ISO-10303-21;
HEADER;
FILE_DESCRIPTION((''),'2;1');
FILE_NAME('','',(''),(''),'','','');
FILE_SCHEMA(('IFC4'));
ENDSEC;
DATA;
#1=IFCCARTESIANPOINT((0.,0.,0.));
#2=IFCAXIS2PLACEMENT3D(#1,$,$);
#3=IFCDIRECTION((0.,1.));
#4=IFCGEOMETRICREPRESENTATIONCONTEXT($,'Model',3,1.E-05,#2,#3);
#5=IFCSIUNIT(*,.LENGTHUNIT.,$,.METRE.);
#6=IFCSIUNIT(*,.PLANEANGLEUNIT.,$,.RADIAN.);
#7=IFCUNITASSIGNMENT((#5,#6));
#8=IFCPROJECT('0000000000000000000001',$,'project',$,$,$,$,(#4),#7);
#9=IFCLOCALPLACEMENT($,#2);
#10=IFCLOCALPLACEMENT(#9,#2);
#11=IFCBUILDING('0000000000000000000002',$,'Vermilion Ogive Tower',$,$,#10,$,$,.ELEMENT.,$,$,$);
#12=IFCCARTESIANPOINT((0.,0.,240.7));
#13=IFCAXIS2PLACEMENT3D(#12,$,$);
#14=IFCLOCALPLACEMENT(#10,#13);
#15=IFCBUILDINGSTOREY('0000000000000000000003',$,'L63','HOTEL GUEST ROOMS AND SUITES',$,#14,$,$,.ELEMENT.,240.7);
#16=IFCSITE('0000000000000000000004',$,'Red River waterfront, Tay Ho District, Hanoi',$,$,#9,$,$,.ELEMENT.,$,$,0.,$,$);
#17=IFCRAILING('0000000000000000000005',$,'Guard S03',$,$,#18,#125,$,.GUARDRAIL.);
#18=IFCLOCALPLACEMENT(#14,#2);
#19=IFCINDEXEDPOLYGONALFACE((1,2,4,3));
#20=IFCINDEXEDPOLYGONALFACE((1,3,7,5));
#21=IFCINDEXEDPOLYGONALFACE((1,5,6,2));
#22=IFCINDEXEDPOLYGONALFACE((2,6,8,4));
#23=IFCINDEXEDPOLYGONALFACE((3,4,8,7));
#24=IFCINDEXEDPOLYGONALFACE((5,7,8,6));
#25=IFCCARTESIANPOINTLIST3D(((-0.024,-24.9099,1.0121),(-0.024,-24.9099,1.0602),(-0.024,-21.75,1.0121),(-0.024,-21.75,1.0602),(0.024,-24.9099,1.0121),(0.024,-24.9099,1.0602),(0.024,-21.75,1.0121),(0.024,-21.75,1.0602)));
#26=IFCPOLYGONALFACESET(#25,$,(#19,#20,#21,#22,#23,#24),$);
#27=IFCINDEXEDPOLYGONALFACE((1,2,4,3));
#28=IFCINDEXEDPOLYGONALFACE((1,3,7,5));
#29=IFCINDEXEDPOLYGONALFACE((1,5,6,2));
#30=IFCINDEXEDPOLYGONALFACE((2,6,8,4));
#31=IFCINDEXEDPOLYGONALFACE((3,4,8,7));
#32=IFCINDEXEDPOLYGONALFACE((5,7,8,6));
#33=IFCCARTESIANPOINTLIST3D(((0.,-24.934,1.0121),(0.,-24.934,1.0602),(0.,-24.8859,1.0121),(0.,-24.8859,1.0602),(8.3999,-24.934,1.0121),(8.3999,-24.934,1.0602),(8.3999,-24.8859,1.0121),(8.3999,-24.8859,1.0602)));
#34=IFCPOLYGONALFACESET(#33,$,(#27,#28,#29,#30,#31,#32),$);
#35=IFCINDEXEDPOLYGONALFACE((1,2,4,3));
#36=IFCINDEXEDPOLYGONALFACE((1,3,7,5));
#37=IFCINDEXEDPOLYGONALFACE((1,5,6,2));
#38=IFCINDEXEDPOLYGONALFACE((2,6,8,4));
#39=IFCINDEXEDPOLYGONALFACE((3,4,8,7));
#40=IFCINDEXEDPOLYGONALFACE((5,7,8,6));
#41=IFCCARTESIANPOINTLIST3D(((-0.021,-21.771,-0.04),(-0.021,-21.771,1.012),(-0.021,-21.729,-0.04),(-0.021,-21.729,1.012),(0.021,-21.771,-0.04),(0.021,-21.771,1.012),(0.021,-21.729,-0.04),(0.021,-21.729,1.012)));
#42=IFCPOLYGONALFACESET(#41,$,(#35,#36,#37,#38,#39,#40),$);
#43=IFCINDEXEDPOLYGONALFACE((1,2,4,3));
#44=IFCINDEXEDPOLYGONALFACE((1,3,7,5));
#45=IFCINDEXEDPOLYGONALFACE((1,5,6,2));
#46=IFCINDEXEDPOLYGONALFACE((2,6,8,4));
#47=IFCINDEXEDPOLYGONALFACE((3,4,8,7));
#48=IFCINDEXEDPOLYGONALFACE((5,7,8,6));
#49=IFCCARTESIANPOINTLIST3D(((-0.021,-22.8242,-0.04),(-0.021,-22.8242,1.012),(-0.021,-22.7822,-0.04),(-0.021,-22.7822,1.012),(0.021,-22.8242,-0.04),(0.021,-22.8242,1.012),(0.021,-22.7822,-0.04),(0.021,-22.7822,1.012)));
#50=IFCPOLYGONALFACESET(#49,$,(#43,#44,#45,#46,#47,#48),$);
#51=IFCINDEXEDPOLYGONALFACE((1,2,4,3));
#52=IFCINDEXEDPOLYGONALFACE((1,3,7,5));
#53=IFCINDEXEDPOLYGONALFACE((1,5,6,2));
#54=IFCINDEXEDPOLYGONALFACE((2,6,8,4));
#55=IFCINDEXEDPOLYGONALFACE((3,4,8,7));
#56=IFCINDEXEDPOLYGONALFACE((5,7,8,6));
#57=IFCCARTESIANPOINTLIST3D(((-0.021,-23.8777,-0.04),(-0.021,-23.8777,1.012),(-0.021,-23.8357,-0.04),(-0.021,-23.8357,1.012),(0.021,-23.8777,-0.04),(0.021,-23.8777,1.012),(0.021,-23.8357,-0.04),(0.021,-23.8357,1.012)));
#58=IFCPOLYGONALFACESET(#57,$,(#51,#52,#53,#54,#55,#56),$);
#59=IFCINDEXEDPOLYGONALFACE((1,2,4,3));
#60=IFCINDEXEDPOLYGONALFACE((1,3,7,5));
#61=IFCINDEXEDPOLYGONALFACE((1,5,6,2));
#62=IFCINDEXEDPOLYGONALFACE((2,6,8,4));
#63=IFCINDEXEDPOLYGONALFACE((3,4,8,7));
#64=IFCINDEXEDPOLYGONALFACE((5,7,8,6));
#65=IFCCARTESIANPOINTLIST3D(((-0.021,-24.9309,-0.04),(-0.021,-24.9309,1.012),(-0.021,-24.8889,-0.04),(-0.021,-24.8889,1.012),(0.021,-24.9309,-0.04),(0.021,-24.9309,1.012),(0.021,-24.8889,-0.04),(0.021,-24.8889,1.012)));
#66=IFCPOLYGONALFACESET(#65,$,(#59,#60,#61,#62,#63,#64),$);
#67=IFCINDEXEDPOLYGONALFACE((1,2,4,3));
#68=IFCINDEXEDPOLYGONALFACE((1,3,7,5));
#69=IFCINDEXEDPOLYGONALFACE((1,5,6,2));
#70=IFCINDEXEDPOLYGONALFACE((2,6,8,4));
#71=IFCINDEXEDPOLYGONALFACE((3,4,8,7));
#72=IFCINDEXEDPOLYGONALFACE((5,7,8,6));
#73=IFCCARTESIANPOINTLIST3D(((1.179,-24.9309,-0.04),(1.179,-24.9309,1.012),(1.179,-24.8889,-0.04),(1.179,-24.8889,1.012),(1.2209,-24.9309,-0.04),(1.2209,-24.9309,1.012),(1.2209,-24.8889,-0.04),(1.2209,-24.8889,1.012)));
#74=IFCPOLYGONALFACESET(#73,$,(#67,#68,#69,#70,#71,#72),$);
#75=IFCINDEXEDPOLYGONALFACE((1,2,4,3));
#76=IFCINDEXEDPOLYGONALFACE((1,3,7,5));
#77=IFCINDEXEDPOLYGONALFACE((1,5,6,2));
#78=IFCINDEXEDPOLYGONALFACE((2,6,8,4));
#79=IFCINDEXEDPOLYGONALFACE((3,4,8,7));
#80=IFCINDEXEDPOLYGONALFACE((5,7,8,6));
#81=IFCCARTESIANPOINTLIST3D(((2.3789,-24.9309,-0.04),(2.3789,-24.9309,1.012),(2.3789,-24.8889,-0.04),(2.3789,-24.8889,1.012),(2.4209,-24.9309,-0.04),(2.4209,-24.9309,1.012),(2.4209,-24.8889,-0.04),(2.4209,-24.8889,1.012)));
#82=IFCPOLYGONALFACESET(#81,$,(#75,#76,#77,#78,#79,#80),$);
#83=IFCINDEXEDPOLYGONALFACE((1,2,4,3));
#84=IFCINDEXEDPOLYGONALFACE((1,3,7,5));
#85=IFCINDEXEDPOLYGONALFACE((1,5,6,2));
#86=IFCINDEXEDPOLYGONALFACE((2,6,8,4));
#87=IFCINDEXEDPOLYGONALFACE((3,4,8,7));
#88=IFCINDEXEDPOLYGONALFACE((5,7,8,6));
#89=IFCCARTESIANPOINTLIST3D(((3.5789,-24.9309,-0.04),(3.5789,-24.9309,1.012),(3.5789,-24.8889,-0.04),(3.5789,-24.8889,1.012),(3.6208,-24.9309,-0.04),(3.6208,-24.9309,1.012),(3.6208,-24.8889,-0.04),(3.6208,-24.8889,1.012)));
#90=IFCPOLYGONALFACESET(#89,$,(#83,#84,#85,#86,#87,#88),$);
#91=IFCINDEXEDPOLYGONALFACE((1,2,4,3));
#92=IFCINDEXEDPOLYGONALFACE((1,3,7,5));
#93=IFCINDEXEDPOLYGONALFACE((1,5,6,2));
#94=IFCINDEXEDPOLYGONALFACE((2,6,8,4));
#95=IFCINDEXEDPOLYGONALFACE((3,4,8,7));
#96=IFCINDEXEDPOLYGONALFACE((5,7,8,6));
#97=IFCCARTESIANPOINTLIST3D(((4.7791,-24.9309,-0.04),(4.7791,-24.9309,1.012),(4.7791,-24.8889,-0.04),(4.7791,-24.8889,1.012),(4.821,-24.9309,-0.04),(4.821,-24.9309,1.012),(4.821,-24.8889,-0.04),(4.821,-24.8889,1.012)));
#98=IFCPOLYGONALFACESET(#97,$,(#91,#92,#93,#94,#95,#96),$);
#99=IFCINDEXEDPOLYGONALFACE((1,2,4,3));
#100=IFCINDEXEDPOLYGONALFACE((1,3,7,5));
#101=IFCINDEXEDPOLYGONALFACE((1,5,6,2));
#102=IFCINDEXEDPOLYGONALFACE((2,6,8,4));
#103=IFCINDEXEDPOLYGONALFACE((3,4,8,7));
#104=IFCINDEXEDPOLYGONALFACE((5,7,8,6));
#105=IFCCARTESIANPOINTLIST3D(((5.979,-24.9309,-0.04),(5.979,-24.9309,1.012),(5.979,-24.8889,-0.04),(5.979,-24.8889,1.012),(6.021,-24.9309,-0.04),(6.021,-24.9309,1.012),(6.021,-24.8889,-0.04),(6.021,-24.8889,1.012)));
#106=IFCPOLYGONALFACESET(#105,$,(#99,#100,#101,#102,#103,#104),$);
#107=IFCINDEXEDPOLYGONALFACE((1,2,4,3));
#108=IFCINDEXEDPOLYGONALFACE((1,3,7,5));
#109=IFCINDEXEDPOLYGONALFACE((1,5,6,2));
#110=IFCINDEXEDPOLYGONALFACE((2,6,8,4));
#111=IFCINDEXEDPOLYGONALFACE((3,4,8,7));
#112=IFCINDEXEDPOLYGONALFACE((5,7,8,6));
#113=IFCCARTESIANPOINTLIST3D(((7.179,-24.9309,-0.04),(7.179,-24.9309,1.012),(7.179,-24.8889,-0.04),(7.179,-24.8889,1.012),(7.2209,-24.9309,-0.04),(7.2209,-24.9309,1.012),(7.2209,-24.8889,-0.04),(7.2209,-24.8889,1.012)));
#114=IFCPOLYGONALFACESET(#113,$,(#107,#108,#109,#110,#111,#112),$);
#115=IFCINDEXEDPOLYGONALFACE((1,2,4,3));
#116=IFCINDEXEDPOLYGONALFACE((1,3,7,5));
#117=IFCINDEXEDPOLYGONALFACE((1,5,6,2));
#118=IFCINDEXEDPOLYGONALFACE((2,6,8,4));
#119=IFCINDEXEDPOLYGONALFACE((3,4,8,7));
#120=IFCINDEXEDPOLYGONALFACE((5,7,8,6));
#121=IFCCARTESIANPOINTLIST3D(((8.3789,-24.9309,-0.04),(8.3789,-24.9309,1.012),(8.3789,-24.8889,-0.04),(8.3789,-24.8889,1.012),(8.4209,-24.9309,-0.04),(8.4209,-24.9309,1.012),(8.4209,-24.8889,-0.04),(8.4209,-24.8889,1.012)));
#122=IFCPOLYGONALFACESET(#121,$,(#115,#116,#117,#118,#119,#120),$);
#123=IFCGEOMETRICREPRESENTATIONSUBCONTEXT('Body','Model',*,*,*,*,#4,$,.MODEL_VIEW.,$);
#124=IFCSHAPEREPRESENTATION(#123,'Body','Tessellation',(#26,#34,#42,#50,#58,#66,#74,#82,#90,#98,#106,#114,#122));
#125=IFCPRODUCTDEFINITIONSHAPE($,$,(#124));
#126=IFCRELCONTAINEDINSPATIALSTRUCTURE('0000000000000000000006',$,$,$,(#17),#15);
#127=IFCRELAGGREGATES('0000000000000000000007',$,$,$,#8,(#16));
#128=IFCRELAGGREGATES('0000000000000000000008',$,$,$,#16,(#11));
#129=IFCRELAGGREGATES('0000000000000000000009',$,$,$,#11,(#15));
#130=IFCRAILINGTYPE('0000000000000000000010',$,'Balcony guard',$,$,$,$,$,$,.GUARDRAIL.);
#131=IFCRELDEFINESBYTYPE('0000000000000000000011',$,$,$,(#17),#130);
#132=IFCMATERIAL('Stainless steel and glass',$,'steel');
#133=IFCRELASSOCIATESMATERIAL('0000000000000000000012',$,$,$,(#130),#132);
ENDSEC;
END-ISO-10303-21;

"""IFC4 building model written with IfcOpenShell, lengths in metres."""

from ifc_helpers import new_model, si_unit, direction, frame, origin, origin_2d, place, context, subcontext, project, spatial, rectangle, extrude, material, type_object, element, save


model = new_model("IFC4")

# Units and contexts
model_context = context("Model", 3, precision=1e-05, world=origin(), true_north=direction((0.0, 1.0)))
body_context = subcontext(model_context, "Body", "Model", "MODEL_VIEW")
ifc_project = project(units=[si_unit("LENGTHUNIT", "METRE"), si_unit("PLANEANGLEUNIT", "RADIAN")], contexts=[model_context])

# Site, building, storey
site_placement = place(None, origin())
site = spatial("IfcSite", under=ifc_project, at=site_placement, Name="Red River waterfront, Tay Ho District, Hanoi", CompositionType="ELEMENT", RefElevation=0.0)
building_placement = place(site_placement, origin())
building = spatial("IfcBuilding", under=site, at=building_placement, Name="Vermilion Ogive Tower", CompositionType="ELEMENT")
storey_placement = place(building_placement, frame((0.0, 0.0, 240.7)))
storey = spatial("IfcBuildingStorey", under=building, at=storey_placement, Name="L63", Description="HOTEL GUEST ROOMS AND SUITES", CompositionType="ELEMENT", Elevation=240.7)

# Railing
ifc_material_1 = material(Name="Stainless steel and glass", Category="steel")
railing_type_1 = type_object("IfcRailingType", Name="Balcony guard", PredefinedType="GUARDRAIL", material=ifc_material_1)
railing_1_placement = place(storey_placement, frame((0.0, -21.75, -0.04)))
element("IfcRailing", 1, at=railing_1_placement, inside=storey, type_object=railing_type_1, Name="Guard S03", PredefinedType="GUARDRAIL", context=body_context, shape_type="SweptSolid", body=[
    extrude(rectangle(XDim=0.0481, YDim=0.0481, at=origin_2d()), frame((0.0, 0.0, 1.0762), z_axis=(0.0, -1.0, 0.0), x_axis=(1.0, 0.0, 0.0)), (0.0, 0.0, 1.0), 3.1599),
    extrude(rectangle(XDim=0.0481, YDim=0.0481, at=origin_2d()), frame((0.0, -3.1599, 1.0762), z_axis=(1.0, 0.0, 0.0), x_axis=(0.0, 1.0, 0.0)), (0.0, 0.0, 1.0), 8.3999),
    extrude(rectangle(XDim=0.042, YDim=0.042, at=origin_2d()), origin(), (0.0, 0.0, 1.0), 1.052),
    extrude(rectangle(XDim=0.042, YDim=0.042, at=origin_2d()), frame((0.0, -1.0532, 0.0)), (0.0, 0.0, 1.0), 1.052),
    extrude(rectangle(XDim=0.042, YDim=0.042, at=origin_2d()), frame((0.0, -2.1067, 0.0)), (0.0, 0.0, 1.0), 1.052),
    extrude(rectangle(XDim=0.042, YDim=0.042, at=origin_2d()), frame((0.0, -3.1599, 0.0)), (0.0, 0.0, 1.0), 1.052),
    extrude(rectangle(XDim=0.042, YDim=0.042, at=origin_2d()), frame((1.2, -3.1599, 0.0)), (0.0, 0.0, 1.0), 1.052),
    extrude(rectangle(XDim=0.042, YDim=0.042, at=origin_2d()), frame((2.3999, -3.1599, 0.0)), (0.0, 0.0, 1.0), 1.052),
    extrude(rectangle(XDim=0.042, YDim=0.042, at=origin_2d()), frame((3.5999, -3.1599, 0.0)), (0.0, 0.0, 1.0), 1.052),
    extrude(rectangle(XDim=0.042, YDim=0.042, at=origin_2d()), frame((4.8, -3.1599, 0.0)), (0.0, 0.0, 1.0), 1.052),
    extrude(rectangle(XDim=0.042, YDim=0.042, at=origin_2d()), frame((6.0, -3.1599, 0.0)), (0.0, 0.0, 1.0), 1.052),
    extrude(rectangle(XDim=0.042, YDim=0.042, at=origin_2d()), frame((7.2, -3.1599, 0.0)), (0.0, 0.0, 1.0), 1.052),
    extrude(rectangle(XDim=0.042, YDim=0.042, at=origin_2d()), frame((8.3999, -3.1599, 0.0)), (0.0, 0.0, 1.0), 1.052),
])

save(model, "model.ifc")
